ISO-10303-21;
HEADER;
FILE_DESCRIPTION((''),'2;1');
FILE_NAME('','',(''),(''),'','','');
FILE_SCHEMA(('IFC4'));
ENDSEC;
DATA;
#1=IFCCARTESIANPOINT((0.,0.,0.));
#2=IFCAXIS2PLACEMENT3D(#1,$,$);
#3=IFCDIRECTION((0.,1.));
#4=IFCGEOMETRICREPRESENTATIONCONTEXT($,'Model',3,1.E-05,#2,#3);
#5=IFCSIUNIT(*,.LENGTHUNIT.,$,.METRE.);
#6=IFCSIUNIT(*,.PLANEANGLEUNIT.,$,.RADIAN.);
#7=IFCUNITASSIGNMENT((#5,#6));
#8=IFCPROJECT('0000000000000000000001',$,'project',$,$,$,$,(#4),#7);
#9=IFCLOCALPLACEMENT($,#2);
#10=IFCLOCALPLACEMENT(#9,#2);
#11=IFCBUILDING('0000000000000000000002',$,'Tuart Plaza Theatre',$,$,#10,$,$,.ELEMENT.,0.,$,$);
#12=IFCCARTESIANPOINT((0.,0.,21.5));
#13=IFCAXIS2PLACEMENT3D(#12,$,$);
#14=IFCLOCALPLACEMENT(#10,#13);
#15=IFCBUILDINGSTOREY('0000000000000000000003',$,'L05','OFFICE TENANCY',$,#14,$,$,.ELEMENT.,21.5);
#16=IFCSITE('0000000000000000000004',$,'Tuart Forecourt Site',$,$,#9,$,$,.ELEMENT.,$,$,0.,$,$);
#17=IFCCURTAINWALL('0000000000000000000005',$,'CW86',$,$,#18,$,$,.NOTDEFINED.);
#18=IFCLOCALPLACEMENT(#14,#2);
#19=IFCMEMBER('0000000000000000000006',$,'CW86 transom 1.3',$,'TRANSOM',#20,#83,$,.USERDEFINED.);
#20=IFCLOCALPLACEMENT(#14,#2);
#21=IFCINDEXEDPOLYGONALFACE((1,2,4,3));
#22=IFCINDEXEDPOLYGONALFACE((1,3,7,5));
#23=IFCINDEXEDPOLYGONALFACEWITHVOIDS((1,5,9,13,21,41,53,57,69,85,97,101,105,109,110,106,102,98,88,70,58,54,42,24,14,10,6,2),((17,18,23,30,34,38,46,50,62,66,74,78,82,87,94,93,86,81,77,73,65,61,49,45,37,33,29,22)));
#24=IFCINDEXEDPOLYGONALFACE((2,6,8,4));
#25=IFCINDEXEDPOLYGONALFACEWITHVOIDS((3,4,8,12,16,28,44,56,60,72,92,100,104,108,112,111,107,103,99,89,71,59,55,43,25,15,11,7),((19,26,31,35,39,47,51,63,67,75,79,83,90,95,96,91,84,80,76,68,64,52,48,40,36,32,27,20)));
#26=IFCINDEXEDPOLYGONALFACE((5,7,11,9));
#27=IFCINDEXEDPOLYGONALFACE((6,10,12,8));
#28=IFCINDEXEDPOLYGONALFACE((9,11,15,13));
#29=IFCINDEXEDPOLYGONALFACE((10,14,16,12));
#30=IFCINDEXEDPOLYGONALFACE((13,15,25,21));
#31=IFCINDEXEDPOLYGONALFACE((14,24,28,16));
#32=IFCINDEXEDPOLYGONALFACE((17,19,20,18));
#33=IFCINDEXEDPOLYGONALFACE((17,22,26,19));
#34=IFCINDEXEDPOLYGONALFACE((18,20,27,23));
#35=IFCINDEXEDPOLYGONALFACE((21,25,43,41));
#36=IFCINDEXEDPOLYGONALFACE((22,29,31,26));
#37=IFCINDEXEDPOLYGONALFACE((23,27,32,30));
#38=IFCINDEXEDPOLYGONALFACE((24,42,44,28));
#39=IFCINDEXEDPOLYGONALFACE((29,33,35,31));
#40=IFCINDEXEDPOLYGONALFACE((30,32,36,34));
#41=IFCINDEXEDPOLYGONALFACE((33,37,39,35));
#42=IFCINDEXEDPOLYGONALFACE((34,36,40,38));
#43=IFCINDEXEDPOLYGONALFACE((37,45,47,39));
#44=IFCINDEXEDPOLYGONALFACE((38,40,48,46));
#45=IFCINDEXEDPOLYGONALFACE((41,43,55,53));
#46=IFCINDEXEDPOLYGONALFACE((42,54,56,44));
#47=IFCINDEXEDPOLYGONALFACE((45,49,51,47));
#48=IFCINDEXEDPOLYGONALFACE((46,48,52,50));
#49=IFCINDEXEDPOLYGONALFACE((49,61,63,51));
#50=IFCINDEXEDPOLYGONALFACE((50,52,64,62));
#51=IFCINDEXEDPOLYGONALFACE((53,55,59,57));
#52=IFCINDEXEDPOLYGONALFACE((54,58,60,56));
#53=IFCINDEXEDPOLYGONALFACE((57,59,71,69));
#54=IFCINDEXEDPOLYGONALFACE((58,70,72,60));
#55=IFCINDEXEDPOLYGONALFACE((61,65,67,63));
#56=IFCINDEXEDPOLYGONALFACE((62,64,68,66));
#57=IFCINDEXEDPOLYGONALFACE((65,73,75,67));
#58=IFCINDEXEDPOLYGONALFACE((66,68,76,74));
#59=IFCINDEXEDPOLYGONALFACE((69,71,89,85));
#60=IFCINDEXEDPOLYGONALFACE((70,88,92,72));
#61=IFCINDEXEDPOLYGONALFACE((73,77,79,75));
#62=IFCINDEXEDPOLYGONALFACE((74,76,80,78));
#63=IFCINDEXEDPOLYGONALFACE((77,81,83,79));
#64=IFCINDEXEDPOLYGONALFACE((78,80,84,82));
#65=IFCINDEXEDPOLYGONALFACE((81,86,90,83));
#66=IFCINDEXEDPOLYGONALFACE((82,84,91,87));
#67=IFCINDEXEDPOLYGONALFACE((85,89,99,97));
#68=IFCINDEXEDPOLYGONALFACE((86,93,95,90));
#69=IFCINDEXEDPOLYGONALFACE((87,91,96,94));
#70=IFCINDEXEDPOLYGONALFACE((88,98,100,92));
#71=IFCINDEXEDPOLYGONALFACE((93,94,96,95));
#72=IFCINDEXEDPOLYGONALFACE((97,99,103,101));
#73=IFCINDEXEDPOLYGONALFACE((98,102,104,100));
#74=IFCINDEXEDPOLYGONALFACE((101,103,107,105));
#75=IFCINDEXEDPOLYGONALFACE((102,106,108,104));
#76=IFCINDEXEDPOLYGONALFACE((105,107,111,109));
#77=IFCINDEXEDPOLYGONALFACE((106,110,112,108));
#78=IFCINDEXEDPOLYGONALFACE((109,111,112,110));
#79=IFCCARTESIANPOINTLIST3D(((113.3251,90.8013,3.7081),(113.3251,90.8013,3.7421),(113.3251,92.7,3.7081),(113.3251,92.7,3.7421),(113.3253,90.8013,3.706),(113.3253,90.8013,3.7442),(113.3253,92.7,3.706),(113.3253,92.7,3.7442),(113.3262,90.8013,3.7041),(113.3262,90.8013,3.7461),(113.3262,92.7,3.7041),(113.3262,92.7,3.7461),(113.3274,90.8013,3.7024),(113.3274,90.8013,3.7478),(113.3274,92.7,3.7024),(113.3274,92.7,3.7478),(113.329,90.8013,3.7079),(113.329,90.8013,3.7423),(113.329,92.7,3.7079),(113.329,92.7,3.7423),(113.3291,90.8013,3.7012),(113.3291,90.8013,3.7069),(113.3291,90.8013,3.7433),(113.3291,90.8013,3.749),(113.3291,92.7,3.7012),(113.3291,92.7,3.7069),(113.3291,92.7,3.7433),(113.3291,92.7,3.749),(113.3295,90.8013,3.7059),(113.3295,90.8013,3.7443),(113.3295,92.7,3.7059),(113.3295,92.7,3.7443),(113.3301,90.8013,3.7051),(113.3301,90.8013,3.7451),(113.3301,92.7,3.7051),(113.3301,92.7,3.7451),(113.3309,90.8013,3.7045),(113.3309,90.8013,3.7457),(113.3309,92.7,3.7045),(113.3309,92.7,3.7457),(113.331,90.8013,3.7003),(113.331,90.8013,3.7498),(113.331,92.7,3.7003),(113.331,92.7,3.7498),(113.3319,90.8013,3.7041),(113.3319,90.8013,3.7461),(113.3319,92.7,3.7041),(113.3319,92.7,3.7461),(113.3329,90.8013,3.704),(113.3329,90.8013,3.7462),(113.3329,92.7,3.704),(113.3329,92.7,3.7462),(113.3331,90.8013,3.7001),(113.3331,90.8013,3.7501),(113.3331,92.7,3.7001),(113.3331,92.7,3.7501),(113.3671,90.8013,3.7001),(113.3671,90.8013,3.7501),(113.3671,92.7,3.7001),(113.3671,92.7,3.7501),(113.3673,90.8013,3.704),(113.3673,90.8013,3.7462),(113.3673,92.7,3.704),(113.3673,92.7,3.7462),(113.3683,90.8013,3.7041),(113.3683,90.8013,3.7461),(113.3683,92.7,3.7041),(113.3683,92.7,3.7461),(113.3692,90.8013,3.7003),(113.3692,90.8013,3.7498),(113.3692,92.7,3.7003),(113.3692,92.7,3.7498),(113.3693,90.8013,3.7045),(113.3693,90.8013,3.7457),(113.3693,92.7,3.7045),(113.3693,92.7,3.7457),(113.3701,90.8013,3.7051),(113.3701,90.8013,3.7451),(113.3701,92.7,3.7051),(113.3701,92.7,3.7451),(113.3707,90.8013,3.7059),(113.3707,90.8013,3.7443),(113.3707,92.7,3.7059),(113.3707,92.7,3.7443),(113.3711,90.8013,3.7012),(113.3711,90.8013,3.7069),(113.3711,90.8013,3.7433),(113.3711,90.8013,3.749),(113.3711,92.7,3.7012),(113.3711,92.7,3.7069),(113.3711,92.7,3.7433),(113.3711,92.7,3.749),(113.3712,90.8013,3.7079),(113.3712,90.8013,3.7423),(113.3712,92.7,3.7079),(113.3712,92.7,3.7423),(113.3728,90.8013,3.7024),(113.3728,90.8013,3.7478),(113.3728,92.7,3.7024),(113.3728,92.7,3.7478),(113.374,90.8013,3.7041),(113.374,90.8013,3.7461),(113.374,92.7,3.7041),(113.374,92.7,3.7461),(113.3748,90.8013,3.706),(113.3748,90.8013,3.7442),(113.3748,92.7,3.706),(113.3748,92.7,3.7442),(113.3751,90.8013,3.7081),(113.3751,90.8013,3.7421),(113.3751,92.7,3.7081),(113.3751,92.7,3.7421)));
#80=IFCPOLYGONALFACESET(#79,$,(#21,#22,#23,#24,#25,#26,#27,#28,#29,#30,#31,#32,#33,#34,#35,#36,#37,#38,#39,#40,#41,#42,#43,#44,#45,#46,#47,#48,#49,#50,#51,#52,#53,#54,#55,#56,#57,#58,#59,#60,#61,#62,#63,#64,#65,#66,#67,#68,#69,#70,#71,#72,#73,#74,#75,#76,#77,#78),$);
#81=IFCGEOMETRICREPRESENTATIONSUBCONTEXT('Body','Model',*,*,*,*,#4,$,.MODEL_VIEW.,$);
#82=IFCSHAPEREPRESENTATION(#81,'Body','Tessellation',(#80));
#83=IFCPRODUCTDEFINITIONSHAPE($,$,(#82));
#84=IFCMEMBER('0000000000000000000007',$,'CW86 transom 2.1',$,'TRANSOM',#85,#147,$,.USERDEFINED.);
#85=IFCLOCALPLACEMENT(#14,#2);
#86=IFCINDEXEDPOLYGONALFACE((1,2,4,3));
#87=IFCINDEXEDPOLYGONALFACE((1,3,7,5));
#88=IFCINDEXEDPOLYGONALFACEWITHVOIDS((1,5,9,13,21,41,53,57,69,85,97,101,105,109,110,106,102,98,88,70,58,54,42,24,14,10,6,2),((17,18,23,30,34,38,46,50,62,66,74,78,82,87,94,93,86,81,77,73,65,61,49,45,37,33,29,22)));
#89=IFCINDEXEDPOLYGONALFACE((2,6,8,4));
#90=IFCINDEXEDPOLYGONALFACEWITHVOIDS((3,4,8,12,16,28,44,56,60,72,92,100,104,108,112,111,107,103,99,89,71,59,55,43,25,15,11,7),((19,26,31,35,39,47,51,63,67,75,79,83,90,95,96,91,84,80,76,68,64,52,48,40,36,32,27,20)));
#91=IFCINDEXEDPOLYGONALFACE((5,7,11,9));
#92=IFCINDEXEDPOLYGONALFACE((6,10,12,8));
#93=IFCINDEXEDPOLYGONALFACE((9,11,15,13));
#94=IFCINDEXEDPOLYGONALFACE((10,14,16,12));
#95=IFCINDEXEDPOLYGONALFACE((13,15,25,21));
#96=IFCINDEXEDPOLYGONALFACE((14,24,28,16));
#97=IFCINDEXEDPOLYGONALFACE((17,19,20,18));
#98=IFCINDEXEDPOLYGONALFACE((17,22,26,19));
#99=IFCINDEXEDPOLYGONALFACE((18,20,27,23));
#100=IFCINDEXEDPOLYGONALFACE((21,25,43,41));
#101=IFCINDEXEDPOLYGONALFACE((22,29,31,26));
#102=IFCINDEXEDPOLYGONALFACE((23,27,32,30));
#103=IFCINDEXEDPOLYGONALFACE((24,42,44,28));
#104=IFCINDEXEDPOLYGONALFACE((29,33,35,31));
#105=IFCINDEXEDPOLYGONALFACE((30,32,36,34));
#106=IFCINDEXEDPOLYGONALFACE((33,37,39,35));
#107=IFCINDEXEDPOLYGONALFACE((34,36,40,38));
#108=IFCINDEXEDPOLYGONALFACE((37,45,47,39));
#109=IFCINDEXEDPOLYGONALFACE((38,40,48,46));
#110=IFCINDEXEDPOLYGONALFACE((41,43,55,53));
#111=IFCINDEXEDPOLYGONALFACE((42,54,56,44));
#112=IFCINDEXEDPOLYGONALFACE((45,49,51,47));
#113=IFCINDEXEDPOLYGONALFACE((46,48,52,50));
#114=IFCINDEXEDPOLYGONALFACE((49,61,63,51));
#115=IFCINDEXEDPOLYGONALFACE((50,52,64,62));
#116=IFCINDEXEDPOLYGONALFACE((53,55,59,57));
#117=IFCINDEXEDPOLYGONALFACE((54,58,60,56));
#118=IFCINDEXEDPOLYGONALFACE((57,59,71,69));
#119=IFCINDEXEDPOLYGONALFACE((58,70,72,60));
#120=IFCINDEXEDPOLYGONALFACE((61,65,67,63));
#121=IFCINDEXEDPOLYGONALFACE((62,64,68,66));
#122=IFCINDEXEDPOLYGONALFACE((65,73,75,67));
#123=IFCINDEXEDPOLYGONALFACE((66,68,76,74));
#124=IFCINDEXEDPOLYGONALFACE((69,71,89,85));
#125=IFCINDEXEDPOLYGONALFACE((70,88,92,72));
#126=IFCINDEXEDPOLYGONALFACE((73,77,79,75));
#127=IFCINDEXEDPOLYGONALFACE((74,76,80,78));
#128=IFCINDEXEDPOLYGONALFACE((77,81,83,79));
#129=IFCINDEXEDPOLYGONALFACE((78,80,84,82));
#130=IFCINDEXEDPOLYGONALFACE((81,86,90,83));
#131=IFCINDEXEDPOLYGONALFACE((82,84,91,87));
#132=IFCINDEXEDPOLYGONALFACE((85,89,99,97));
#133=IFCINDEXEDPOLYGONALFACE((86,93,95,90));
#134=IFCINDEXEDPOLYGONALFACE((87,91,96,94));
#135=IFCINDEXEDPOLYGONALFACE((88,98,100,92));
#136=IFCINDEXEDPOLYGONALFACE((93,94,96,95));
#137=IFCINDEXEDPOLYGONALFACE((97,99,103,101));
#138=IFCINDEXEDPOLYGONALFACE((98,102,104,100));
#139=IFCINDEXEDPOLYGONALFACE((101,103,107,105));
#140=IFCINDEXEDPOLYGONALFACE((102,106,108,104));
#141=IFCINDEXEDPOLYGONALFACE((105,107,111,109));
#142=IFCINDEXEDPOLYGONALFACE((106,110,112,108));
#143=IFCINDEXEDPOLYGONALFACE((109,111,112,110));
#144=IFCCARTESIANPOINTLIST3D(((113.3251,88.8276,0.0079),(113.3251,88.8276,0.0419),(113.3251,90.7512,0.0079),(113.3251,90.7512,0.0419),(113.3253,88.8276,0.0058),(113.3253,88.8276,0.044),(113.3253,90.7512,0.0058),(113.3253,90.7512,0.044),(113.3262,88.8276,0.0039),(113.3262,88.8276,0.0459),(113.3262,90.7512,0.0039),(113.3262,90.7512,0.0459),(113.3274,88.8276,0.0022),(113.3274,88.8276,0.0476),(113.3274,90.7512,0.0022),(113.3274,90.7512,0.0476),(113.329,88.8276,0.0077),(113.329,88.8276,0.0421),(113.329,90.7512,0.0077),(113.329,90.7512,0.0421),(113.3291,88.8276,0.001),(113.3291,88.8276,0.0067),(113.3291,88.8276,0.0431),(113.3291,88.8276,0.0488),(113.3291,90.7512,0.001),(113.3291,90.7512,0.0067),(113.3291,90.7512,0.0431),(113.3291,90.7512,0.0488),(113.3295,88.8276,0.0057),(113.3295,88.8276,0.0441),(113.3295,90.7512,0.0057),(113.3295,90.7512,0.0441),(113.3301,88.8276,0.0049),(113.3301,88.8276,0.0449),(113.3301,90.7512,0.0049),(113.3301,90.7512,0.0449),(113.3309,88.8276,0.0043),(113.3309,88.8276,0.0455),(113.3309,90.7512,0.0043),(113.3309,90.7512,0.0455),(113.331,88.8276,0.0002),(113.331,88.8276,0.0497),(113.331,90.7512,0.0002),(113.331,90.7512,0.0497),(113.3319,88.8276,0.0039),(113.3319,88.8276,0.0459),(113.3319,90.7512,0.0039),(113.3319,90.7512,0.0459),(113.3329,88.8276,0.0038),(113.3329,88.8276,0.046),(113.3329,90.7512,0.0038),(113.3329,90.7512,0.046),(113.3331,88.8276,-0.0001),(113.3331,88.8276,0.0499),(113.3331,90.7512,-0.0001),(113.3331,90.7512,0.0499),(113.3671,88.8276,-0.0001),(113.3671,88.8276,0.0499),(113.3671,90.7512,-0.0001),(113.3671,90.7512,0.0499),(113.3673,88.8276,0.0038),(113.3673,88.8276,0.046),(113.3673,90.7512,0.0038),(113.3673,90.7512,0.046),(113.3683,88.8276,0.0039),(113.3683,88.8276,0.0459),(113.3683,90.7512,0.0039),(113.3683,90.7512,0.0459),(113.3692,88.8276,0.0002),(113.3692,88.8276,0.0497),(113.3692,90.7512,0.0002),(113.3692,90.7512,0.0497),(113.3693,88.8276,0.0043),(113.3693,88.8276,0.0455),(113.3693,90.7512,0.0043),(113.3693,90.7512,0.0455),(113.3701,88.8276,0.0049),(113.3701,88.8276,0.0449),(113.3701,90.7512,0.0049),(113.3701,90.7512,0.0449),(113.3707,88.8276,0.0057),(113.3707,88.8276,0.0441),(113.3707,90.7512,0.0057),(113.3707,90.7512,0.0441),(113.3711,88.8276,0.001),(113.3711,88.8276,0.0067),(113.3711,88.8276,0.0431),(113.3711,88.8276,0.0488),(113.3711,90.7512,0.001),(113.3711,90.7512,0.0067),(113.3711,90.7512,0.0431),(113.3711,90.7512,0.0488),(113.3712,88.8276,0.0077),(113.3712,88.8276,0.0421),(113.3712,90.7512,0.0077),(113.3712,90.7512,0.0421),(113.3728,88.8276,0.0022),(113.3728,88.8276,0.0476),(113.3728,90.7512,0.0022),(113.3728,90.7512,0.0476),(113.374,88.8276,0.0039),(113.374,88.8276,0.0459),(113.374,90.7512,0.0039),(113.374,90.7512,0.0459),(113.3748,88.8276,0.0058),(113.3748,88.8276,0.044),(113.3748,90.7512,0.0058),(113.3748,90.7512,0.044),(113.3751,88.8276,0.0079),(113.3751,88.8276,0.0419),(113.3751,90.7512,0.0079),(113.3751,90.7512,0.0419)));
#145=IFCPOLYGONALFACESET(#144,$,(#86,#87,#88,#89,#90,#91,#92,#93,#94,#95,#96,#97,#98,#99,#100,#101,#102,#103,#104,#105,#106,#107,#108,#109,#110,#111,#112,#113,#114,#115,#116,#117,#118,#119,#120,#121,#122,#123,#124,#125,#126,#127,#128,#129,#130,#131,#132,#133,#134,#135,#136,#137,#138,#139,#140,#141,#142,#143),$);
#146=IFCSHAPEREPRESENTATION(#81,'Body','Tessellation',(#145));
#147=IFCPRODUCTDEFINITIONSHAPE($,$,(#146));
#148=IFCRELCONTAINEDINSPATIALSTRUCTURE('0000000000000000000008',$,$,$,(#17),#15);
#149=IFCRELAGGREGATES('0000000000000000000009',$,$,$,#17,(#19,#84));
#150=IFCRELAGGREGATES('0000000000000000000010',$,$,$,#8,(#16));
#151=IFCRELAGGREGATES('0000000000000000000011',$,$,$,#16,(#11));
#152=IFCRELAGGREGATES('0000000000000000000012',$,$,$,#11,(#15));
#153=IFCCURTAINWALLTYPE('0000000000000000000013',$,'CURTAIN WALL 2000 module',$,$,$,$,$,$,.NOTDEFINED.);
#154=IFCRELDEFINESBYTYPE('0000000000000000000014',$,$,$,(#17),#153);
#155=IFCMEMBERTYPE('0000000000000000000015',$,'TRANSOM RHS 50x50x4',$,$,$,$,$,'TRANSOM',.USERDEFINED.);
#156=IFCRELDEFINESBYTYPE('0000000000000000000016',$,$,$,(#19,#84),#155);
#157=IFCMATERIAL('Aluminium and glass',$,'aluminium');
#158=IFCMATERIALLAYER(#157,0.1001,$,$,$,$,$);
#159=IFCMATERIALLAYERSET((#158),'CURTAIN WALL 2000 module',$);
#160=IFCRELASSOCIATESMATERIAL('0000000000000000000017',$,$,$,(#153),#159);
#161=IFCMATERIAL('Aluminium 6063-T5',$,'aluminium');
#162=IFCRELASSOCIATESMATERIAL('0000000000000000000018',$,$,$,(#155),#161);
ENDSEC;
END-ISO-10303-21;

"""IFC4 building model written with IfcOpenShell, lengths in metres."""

from ifc_helpers import new_model, si_unit, direction, frame, origin, origin_2d, place, context, subcontext, project, spatial, hollow_rectangle, extrude, material, layer, layer_set, material_profile, profile_set, type_object, element, aggregate, save


model = new_model("IFC4")

# Units and contexts
model_context = context("Model", 3, precision=1e-05, world=origin(), true_north=direction((0.0, 1.0)))
body_context = subcontext(model_context, "Body", "Model", "MODEL_VIEW")
ifc_project = project(units=[si_unit("LENGTHUNIT", "METRE"), si_unit("PLANEANGLEUNIT", "RADIAN")], contexts=[model_context])

# Site, building, storey
site_placement = place(None, origin())
site = spatial("IfcSite", under=ifc_project, at=site_placement, Name="Tuart Forecourt Site", CompositionType="ELEMENT", RefElevation=0.0)
building_placement = place(site_placement, origin())
building = spatial("IfcBuilding", under=site, at=building_placement, Name="Tuart Plaza Theatre", CompositionType="ELEMENT", ElevationOfRefHeight=0.0)
storey_placement = place(building_placement, frame((0.0, 0.0, 21.5)))
storey = spatial("IfcBuildingStorey", under=building, at=storey_placement, Name="L05", Description="OFFICE TENANCY", CompositionType="ELEMENT", Elevation=21.5)

# Shared definitions
ifc_material_1 = material(Name="Aluminium and glass", Category="aluminium")
ifc_layer_1 = layer(ifc_material_1, 0.1001)
ifc_layer_set_1 = layer_set([ifc_layer_1], Name="CURTAIN WALL 2000 module")
curtain_wall_type = type_object("IfcCurtainWallType", Name="CURTAIN WALL 2000 module", PredefinedType="NOTDEFINED", material=ifc_layer_set_1)

# Curtain wall
curtain_wall_1_placement = place(storey_placement, origin())
curtain_wall_1 = element("IfcCurtainWall", 1, at=curtain_wall_1_placement, inside=storey, type_object=curtain_wall_type, Name="CW86", PredefinedType="NOTDEFINED")

# Members
ifc_material_2 = material(Name="Aluminium 6063-T5", Category="aluminium")
ifc_material_profile_1 = material_profile(ifc_material_2, hollow_rectangle(XDim=0.05, YDim=0.05, WallThickness=0.0039, InnerFilletRadius=0.0039, OuterFilletRadius=0.0081, at=origin_2d()), Name="RHS 50x50x4")
ifc_profile_set_1 = profile_set([ifc_material_profile_1], Name="Aluminium 6063-T5")
member_type_1 = type_object("IfcMemberType", Name="TRANSOM RHS 50x50x4", ElementType="TRANSOM", PredefinedType="USERDEFINED", material=ifc_profile_set_1)
member_1_placement = place(storey_placement, frame((113.3501, 92.7, 3.7251), z_axis=(0.0, -1.0, 0.0), x_axis=(1.0, 0.0, 0.0)))
member_1 = element("IfcMember", 2, at=member_1_placement, type_object=member_type_1, Name="CW86 transom 1.3", ObjectType="TRANSOM", PredefinedType="USERDEFINED", context=body_context, shape_type="SweptSolid", body=[
    extrude(hollow_rectangle(XDim=0.05, YDim=0.05, WallThickness=0.0039, InnerFilletRadius=0.0039, OuterFilletRadius=0.0081, at=origin_2d()), origin(), (0.0, 0.0, 1.0), 1.8987),
])
member_2_placement = place(storey_placement, frame((113.3501, 90.7512, 0.0249), z_axis=(0.0, -1.0, 0.0), x_axis=(1.0, 0.0, 0.0)))
member_2 = element("IfcMember", 3, at=member_2_placement, type_object=member_type_1, Name="CW86 transom 2.1", ObjectType="TRANSOM", PredefinedType="USERDEFINED", context=body_context, shape_type="SweptSolid", body=[
    extrude(hollow_rectangle(XDim=0.05, YDim=0.05, WallThickness=0.0039, InnerFilletRadius=0.0039, OuterFilletRadius=0.0081, at=origin_2d()), origin(), (0.0, 0.0, 1.0), 1.9236),
])

aggregate(curtain_wall_1, [member_1, member_2])

save(model, "model.ifc")
